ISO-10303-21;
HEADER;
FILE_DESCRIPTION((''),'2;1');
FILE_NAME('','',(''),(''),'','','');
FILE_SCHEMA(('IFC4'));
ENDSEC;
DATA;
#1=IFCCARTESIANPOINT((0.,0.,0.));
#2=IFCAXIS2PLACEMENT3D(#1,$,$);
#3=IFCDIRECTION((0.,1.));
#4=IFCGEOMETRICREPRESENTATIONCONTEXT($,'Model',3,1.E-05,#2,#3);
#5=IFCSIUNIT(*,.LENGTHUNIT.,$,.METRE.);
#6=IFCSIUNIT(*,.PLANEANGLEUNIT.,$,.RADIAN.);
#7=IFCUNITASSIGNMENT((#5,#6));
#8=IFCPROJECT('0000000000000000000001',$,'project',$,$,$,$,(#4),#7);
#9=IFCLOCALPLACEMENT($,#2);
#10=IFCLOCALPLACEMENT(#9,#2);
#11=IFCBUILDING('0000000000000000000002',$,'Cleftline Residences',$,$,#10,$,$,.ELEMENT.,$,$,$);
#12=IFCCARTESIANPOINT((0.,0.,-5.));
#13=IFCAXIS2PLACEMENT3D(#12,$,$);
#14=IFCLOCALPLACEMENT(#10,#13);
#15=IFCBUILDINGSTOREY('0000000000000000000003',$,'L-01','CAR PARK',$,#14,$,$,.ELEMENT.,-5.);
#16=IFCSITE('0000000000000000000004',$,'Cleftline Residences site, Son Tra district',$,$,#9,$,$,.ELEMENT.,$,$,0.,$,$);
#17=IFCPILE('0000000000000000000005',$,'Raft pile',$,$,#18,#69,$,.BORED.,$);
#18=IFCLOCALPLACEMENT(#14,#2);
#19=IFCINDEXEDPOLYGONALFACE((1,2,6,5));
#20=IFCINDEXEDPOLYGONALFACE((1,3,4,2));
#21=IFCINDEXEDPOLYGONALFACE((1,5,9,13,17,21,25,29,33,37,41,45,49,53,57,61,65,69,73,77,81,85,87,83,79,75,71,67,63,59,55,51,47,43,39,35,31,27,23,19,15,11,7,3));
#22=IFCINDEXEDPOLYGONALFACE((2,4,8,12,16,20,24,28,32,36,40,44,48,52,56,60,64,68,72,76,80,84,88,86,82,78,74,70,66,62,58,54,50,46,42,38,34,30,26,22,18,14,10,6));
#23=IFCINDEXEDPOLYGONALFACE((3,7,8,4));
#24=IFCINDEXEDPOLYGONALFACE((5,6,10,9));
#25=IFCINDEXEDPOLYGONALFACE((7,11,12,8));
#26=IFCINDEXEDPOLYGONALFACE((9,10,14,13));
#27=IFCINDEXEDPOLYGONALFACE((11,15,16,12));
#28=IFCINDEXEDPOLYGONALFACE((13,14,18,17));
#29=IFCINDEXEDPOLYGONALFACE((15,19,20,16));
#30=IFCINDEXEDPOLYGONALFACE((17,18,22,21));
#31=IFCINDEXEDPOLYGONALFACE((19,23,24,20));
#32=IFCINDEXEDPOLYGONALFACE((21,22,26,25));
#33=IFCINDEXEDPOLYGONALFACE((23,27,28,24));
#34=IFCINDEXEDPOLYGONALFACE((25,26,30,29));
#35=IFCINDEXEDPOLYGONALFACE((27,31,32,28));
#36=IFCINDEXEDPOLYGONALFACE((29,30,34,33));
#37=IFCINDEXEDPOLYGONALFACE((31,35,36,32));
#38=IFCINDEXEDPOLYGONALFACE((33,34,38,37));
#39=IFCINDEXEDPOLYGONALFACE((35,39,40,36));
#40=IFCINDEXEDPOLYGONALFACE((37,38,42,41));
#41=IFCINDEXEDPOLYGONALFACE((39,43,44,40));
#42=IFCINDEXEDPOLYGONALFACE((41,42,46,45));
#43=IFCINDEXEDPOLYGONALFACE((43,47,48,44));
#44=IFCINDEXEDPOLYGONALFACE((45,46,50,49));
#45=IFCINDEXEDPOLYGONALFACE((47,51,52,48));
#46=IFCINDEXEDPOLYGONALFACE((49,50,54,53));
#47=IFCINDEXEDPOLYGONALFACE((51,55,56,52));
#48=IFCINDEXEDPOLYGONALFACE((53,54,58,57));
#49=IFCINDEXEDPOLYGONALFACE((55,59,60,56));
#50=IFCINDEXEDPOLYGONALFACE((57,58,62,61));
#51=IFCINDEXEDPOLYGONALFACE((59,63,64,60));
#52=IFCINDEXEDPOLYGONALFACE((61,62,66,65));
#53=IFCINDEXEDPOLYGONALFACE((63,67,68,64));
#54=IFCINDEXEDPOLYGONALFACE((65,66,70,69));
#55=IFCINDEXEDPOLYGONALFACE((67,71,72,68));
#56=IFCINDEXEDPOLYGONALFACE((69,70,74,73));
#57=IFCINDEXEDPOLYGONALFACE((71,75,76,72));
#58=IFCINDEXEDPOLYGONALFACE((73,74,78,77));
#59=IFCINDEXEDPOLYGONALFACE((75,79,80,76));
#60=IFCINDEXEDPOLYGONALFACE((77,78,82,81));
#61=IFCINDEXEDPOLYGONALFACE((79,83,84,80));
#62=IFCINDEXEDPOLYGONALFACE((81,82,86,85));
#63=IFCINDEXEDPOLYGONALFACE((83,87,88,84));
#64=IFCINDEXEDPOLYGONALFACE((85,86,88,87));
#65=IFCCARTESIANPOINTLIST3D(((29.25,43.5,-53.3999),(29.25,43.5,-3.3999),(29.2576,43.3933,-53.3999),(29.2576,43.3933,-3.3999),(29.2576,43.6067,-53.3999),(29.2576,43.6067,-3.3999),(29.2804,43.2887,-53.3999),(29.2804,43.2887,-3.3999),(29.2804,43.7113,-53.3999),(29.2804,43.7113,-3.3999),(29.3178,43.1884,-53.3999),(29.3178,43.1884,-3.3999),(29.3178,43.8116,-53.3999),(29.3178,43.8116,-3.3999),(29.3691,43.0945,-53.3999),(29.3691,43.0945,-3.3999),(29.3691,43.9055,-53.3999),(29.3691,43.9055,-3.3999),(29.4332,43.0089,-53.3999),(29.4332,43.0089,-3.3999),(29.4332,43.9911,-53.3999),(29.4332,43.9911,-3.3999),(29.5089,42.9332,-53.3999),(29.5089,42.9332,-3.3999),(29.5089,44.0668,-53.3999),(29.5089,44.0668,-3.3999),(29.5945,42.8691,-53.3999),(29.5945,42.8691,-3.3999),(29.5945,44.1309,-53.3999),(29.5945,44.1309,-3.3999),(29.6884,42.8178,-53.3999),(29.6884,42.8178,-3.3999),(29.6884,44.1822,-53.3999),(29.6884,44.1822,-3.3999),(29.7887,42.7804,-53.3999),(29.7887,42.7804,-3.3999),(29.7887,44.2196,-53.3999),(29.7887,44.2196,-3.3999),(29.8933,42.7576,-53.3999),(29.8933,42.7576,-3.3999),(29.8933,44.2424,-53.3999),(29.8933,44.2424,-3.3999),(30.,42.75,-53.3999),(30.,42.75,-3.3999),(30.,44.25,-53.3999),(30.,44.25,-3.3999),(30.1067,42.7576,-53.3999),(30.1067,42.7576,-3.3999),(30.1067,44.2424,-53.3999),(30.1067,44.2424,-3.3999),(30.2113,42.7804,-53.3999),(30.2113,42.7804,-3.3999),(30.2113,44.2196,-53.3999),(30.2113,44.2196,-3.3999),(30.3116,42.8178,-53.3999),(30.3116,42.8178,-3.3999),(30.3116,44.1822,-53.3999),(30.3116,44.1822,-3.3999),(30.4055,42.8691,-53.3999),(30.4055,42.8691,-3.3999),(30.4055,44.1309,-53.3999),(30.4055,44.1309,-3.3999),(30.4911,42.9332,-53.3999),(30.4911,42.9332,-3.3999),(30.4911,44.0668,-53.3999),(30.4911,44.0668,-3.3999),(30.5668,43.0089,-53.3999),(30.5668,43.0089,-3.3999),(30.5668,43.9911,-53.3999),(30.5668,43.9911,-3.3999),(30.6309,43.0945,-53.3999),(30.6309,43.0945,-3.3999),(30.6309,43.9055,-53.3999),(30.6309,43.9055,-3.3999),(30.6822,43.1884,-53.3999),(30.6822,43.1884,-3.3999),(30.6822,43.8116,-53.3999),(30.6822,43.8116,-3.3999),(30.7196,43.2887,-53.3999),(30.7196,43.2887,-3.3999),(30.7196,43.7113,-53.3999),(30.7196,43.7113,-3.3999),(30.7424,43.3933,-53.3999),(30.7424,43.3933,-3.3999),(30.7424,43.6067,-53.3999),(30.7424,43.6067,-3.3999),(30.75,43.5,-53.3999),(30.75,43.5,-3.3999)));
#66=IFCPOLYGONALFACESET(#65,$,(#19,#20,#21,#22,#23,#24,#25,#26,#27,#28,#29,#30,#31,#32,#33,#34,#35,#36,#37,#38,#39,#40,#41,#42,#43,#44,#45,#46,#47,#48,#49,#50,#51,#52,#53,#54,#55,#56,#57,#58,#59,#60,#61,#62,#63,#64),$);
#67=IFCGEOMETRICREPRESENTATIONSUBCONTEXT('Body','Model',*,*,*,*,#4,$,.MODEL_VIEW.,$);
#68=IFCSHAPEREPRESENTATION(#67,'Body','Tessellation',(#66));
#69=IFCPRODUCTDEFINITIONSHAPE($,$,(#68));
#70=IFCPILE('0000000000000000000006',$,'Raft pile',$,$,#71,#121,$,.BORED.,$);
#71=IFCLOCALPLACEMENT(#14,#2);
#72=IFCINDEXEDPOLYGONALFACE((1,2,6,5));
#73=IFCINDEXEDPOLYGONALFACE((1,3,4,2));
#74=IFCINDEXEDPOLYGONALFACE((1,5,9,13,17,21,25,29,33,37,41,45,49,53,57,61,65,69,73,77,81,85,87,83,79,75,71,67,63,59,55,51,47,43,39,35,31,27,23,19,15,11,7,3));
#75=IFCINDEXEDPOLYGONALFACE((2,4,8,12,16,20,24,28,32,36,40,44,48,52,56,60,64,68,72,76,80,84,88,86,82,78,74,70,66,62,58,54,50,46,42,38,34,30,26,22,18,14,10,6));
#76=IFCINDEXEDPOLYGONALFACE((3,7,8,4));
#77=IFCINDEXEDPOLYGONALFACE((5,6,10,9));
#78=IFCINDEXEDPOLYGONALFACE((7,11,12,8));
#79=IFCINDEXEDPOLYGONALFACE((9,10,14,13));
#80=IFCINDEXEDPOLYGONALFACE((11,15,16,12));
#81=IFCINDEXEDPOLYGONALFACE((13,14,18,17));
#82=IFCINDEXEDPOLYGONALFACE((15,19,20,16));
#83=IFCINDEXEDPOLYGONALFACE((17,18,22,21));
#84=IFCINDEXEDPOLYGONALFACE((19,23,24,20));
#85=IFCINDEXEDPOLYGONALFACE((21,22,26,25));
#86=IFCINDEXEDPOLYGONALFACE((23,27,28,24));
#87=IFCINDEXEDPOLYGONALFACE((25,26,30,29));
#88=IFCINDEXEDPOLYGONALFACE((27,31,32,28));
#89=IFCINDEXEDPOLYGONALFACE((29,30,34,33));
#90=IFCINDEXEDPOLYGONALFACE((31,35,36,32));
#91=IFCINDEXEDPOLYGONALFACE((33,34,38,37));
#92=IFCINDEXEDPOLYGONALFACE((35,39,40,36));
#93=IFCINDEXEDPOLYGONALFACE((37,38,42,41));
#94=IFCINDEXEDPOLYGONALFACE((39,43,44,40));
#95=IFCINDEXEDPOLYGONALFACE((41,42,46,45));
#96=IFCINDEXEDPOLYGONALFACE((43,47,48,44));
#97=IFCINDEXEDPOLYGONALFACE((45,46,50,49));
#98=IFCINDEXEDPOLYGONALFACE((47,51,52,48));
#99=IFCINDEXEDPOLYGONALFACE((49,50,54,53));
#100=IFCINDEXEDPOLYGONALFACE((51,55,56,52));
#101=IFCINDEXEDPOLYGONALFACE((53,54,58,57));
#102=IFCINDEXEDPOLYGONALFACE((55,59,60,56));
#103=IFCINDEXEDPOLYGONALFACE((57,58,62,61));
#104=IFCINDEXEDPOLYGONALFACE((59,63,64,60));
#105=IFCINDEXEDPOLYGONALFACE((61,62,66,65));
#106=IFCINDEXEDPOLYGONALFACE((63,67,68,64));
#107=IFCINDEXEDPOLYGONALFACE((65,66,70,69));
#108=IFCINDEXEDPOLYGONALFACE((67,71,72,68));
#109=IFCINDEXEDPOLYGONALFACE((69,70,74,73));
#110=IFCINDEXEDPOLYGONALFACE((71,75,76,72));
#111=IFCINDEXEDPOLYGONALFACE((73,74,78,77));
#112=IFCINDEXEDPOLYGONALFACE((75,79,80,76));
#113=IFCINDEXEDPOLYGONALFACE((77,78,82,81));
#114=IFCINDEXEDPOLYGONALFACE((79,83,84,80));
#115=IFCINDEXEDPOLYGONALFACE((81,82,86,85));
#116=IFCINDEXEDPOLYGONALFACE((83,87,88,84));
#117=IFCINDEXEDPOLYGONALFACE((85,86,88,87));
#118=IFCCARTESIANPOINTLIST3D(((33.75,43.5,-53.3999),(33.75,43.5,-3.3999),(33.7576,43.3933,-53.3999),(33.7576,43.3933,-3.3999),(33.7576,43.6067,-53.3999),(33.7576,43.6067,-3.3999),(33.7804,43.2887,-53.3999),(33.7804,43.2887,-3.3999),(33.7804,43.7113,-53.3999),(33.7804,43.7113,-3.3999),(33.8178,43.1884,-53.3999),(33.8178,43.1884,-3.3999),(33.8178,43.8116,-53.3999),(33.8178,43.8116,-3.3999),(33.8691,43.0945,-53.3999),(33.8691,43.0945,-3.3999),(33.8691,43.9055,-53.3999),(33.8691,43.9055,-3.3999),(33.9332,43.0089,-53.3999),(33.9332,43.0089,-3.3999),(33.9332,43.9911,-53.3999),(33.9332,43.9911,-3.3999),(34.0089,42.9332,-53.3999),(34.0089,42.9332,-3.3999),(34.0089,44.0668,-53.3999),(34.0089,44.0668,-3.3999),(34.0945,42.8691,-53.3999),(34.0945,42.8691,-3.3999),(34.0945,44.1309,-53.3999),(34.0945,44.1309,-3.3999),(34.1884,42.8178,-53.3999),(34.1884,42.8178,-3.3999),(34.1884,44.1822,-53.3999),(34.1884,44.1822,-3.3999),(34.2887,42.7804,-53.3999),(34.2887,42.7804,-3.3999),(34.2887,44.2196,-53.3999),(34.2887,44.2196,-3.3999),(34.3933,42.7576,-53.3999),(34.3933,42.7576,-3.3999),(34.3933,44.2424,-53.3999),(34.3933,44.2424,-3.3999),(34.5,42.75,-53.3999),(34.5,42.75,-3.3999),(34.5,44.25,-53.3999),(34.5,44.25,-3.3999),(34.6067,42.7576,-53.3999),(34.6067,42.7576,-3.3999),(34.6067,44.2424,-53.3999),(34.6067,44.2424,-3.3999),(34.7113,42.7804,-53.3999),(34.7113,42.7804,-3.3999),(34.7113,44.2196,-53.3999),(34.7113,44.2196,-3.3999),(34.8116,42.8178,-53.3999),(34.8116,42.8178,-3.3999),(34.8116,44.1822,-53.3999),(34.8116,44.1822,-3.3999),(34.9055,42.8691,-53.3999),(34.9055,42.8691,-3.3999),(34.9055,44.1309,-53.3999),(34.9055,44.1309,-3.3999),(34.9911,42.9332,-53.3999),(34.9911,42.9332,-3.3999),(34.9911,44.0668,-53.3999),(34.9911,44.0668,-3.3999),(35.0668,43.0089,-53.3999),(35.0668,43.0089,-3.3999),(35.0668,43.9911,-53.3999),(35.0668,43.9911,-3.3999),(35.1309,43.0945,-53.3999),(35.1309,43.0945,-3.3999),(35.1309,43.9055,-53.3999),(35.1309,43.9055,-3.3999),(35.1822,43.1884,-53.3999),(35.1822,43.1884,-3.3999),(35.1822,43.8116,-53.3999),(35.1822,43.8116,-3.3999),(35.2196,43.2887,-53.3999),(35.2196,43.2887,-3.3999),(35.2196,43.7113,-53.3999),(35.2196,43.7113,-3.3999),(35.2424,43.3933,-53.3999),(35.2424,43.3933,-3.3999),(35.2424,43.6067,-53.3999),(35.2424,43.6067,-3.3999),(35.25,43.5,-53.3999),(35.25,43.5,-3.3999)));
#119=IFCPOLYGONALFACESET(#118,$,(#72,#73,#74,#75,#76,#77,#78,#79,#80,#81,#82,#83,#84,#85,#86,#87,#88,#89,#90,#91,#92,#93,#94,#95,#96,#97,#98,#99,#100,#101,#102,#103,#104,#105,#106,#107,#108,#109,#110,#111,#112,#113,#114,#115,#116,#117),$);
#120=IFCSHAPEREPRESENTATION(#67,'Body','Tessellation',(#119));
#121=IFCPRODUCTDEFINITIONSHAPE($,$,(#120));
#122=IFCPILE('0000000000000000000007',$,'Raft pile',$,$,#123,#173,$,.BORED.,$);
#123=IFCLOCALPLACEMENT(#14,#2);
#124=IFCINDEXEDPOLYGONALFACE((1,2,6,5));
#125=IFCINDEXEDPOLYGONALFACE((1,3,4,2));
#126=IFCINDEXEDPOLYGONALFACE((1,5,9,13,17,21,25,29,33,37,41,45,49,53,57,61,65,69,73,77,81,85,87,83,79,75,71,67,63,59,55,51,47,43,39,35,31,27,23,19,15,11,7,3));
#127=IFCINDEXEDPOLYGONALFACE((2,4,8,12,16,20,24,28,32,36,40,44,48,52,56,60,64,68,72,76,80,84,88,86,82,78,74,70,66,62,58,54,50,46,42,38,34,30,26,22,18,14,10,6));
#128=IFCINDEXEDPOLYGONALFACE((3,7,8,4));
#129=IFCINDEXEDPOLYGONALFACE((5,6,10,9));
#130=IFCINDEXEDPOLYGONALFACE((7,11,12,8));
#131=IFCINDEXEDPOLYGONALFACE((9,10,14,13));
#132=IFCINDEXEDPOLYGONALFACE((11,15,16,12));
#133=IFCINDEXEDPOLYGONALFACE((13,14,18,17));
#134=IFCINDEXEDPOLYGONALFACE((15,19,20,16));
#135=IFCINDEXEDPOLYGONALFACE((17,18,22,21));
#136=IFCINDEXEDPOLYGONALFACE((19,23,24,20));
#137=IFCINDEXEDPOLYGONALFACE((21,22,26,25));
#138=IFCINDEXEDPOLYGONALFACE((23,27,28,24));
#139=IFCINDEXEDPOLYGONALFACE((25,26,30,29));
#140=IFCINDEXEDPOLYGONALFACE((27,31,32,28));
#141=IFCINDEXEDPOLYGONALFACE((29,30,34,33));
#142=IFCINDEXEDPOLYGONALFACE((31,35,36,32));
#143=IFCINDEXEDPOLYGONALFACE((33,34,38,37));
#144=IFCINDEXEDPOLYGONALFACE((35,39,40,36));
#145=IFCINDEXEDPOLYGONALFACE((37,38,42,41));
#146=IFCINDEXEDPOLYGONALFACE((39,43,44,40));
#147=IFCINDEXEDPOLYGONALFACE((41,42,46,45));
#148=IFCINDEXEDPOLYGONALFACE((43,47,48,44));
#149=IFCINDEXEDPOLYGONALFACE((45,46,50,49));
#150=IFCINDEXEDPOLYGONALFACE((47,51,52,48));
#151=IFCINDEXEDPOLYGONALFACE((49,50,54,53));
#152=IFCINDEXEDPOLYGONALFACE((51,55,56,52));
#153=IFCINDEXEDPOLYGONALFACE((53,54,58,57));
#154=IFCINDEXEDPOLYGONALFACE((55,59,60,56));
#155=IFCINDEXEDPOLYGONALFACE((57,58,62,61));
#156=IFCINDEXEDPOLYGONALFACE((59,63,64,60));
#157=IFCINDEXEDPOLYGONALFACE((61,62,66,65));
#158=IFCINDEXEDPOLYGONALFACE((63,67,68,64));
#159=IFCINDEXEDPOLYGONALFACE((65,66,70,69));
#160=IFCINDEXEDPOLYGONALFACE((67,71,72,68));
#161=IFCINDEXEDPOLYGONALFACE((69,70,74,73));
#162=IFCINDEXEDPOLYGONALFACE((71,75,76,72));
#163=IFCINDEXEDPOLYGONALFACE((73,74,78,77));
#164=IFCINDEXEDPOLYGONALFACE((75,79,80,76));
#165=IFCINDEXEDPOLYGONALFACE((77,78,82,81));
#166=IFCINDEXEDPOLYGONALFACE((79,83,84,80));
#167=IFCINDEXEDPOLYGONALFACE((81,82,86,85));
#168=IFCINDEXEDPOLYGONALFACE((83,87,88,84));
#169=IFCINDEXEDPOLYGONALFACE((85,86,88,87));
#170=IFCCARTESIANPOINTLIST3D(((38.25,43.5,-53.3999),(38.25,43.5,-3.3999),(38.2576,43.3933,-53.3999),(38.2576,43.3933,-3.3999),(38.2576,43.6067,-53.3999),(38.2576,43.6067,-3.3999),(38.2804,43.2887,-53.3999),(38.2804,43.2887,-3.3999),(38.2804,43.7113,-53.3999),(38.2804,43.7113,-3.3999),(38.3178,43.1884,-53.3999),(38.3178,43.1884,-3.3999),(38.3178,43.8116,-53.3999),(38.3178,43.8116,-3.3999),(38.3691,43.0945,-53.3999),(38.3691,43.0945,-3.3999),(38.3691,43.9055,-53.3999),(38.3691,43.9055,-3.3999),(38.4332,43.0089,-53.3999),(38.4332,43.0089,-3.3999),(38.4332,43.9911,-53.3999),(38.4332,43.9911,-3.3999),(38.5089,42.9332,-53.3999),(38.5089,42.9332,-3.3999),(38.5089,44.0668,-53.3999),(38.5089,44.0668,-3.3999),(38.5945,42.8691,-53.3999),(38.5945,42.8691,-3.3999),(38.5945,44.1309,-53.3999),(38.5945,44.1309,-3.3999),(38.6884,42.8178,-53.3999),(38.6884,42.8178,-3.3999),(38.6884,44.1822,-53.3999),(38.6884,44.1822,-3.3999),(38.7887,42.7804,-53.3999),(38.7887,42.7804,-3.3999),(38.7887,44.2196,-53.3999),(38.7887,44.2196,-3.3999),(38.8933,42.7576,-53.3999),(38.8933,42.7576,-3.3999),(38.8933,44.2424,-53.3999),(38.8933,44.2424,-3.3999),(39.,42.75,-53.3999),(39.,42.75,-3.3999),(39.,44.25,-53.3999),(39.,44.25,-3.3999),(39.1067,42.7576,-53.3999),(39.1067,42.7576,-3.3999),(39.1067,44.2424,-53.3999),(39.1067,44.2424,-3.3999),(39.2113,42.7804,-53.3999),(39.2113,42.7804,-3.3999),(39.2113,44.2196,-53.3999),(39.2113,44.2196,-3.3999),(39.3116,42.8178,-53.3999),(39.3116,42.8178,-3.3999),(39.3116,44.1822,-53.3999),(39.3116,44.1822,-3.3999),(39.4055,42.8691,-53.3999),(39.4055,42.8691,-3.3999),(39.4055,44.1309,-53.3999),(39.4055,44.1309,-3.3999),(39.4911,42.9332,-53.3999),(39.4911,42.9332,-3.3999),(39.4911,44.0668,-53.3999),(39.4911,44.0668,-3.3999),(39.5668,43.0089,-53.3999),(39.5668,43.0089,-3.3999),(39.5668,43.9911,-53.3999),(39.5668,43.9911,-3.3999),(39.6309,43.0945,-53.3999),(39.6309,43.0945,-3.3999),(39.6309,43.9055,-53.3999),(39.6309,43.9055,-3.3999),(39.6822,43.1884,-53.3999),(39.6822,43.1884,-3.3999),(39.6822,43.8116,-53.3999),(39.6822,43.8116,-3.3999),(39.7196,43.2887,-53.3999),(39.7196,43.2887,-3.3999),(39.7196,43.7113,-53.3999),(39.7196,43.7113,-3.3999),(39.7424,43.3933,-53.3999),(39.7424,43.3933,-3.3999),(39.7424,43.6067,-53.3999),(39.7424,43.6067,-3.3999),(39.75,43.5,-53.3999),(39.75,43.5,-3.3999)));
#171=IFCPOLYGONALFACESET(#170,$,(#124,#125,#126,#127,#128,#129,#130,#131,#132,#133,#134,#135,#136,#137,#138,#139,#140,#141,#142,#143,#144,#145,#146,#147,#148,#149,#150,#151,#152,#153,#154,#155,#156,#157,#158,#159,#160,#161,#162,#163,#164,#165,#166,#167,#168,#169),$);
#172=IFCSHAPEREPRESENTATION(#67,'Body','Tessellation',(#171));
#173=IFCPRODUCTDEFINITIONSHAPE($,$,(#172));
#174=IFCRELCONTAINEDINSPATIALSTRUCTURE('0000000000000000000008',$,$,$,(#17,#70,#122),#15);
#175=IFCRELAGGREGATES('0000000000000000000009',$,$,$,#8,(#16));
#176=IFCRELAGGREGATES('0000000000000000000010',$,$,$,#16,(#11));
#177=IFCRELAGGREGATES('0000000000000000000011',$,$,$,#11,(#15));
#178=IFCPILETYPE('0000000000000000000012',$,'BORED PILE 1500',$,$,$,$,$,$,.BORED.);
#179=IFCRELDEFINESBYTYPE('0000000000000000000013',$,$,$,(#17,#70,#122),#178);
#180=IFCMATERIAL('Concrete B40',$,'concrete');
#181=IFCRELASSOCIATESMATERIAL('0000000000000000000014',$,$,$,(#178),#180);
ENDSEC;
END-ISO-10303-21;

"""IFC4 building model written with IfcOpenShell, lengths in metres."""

from ifc_helpers import new_model, si_unit, direction, frame, origin, origin_2d, place, context, subcontext, project, spatial, circle, extrude, material, material_profile, profile_set, type_object, element, save


model = new_model("IFC4")

# Units and contexts
model_context = context("Model", 3, precision=1e-05, world=origin(), true_north=direction((0.0, 1.0)))
body_context = subcontext(model_context, "Body", "Model", "MODEL_VIEW")
ifc_project = project(units=[si_unit("LENGTHUNIT", "METRE"), si_unit("PLANEANGLEUNIT", "RADIAN")], contexts=[model_context])

# Site, building, storey
site_placement = place(None, origin())
site = spatial("IfcSite", under=ifc_project, at=site_placement, Name="Cleftline Residences site, Son Tra district", CompositionType="ELEMENT", RefElevation=0.0)
building_placement = place(site_placement, origin())
building = spatial("IfcBuilding", under=site, at=building_placement, Name="Cleftline Residences", CompositionType="ELEMENT")
storey_placement = place(building_placement, frame((0.0, 0.0, -5.0)))
storey = spatial("IfcBuildingStorey", under=building, at=storey_placement, Name="L-01", Description="CAR PARK", CompositionType="ELEMENT", Elevation=-5.0)

# Piles
ifc_material_1 = material(Name="Concrete B40", Category="concrete")
ifc_material_profile_1 = material_profile(ifc_material_1, circle(Radius=0.75, at=origin_2d()))
ifc_profile_set_1 = profile_set([ifc_material_profile_1], Name="Concrete B40")
pile_type_1 = type_object("IfcPileType", Name="BORED PILE 1500", PredefinedType="BORED", material=ifc_profile_set_1)
for number, where, z_axis, x_axis, name in (
    (1, (30.0, 43.5, -3.3999), (0.0, 0.0, -1.0), (1.0, 0.0, 0.0), "Raft pile"),
    (2, (34.5, 43.5, -3.3999), (0.0, 0.0, -1.0), (1.0, 0.0, 0.0), "Raft pile"),
    (3, (39.0, 43.5, -3.3999), (0.0, 0.0, -1.0), (1.0, 0.0, 0.0), "Raft pile"),
):
    element("IfcPile", number, at=place(storey_placement, frame(where, z_axis=z_axis, x_axis=x_axis)), inside=storey, type_object=pile_type_1, Name=name, PredefinedType="BORED", context=body_context, shape_type="SweptSolid", body=[
        extrude(circle(Radius=0.75, at=origin_2d()), origin(), (0.0, 0.0, 1.0), 50.0),
    ])

save(model, "model.ifc")
